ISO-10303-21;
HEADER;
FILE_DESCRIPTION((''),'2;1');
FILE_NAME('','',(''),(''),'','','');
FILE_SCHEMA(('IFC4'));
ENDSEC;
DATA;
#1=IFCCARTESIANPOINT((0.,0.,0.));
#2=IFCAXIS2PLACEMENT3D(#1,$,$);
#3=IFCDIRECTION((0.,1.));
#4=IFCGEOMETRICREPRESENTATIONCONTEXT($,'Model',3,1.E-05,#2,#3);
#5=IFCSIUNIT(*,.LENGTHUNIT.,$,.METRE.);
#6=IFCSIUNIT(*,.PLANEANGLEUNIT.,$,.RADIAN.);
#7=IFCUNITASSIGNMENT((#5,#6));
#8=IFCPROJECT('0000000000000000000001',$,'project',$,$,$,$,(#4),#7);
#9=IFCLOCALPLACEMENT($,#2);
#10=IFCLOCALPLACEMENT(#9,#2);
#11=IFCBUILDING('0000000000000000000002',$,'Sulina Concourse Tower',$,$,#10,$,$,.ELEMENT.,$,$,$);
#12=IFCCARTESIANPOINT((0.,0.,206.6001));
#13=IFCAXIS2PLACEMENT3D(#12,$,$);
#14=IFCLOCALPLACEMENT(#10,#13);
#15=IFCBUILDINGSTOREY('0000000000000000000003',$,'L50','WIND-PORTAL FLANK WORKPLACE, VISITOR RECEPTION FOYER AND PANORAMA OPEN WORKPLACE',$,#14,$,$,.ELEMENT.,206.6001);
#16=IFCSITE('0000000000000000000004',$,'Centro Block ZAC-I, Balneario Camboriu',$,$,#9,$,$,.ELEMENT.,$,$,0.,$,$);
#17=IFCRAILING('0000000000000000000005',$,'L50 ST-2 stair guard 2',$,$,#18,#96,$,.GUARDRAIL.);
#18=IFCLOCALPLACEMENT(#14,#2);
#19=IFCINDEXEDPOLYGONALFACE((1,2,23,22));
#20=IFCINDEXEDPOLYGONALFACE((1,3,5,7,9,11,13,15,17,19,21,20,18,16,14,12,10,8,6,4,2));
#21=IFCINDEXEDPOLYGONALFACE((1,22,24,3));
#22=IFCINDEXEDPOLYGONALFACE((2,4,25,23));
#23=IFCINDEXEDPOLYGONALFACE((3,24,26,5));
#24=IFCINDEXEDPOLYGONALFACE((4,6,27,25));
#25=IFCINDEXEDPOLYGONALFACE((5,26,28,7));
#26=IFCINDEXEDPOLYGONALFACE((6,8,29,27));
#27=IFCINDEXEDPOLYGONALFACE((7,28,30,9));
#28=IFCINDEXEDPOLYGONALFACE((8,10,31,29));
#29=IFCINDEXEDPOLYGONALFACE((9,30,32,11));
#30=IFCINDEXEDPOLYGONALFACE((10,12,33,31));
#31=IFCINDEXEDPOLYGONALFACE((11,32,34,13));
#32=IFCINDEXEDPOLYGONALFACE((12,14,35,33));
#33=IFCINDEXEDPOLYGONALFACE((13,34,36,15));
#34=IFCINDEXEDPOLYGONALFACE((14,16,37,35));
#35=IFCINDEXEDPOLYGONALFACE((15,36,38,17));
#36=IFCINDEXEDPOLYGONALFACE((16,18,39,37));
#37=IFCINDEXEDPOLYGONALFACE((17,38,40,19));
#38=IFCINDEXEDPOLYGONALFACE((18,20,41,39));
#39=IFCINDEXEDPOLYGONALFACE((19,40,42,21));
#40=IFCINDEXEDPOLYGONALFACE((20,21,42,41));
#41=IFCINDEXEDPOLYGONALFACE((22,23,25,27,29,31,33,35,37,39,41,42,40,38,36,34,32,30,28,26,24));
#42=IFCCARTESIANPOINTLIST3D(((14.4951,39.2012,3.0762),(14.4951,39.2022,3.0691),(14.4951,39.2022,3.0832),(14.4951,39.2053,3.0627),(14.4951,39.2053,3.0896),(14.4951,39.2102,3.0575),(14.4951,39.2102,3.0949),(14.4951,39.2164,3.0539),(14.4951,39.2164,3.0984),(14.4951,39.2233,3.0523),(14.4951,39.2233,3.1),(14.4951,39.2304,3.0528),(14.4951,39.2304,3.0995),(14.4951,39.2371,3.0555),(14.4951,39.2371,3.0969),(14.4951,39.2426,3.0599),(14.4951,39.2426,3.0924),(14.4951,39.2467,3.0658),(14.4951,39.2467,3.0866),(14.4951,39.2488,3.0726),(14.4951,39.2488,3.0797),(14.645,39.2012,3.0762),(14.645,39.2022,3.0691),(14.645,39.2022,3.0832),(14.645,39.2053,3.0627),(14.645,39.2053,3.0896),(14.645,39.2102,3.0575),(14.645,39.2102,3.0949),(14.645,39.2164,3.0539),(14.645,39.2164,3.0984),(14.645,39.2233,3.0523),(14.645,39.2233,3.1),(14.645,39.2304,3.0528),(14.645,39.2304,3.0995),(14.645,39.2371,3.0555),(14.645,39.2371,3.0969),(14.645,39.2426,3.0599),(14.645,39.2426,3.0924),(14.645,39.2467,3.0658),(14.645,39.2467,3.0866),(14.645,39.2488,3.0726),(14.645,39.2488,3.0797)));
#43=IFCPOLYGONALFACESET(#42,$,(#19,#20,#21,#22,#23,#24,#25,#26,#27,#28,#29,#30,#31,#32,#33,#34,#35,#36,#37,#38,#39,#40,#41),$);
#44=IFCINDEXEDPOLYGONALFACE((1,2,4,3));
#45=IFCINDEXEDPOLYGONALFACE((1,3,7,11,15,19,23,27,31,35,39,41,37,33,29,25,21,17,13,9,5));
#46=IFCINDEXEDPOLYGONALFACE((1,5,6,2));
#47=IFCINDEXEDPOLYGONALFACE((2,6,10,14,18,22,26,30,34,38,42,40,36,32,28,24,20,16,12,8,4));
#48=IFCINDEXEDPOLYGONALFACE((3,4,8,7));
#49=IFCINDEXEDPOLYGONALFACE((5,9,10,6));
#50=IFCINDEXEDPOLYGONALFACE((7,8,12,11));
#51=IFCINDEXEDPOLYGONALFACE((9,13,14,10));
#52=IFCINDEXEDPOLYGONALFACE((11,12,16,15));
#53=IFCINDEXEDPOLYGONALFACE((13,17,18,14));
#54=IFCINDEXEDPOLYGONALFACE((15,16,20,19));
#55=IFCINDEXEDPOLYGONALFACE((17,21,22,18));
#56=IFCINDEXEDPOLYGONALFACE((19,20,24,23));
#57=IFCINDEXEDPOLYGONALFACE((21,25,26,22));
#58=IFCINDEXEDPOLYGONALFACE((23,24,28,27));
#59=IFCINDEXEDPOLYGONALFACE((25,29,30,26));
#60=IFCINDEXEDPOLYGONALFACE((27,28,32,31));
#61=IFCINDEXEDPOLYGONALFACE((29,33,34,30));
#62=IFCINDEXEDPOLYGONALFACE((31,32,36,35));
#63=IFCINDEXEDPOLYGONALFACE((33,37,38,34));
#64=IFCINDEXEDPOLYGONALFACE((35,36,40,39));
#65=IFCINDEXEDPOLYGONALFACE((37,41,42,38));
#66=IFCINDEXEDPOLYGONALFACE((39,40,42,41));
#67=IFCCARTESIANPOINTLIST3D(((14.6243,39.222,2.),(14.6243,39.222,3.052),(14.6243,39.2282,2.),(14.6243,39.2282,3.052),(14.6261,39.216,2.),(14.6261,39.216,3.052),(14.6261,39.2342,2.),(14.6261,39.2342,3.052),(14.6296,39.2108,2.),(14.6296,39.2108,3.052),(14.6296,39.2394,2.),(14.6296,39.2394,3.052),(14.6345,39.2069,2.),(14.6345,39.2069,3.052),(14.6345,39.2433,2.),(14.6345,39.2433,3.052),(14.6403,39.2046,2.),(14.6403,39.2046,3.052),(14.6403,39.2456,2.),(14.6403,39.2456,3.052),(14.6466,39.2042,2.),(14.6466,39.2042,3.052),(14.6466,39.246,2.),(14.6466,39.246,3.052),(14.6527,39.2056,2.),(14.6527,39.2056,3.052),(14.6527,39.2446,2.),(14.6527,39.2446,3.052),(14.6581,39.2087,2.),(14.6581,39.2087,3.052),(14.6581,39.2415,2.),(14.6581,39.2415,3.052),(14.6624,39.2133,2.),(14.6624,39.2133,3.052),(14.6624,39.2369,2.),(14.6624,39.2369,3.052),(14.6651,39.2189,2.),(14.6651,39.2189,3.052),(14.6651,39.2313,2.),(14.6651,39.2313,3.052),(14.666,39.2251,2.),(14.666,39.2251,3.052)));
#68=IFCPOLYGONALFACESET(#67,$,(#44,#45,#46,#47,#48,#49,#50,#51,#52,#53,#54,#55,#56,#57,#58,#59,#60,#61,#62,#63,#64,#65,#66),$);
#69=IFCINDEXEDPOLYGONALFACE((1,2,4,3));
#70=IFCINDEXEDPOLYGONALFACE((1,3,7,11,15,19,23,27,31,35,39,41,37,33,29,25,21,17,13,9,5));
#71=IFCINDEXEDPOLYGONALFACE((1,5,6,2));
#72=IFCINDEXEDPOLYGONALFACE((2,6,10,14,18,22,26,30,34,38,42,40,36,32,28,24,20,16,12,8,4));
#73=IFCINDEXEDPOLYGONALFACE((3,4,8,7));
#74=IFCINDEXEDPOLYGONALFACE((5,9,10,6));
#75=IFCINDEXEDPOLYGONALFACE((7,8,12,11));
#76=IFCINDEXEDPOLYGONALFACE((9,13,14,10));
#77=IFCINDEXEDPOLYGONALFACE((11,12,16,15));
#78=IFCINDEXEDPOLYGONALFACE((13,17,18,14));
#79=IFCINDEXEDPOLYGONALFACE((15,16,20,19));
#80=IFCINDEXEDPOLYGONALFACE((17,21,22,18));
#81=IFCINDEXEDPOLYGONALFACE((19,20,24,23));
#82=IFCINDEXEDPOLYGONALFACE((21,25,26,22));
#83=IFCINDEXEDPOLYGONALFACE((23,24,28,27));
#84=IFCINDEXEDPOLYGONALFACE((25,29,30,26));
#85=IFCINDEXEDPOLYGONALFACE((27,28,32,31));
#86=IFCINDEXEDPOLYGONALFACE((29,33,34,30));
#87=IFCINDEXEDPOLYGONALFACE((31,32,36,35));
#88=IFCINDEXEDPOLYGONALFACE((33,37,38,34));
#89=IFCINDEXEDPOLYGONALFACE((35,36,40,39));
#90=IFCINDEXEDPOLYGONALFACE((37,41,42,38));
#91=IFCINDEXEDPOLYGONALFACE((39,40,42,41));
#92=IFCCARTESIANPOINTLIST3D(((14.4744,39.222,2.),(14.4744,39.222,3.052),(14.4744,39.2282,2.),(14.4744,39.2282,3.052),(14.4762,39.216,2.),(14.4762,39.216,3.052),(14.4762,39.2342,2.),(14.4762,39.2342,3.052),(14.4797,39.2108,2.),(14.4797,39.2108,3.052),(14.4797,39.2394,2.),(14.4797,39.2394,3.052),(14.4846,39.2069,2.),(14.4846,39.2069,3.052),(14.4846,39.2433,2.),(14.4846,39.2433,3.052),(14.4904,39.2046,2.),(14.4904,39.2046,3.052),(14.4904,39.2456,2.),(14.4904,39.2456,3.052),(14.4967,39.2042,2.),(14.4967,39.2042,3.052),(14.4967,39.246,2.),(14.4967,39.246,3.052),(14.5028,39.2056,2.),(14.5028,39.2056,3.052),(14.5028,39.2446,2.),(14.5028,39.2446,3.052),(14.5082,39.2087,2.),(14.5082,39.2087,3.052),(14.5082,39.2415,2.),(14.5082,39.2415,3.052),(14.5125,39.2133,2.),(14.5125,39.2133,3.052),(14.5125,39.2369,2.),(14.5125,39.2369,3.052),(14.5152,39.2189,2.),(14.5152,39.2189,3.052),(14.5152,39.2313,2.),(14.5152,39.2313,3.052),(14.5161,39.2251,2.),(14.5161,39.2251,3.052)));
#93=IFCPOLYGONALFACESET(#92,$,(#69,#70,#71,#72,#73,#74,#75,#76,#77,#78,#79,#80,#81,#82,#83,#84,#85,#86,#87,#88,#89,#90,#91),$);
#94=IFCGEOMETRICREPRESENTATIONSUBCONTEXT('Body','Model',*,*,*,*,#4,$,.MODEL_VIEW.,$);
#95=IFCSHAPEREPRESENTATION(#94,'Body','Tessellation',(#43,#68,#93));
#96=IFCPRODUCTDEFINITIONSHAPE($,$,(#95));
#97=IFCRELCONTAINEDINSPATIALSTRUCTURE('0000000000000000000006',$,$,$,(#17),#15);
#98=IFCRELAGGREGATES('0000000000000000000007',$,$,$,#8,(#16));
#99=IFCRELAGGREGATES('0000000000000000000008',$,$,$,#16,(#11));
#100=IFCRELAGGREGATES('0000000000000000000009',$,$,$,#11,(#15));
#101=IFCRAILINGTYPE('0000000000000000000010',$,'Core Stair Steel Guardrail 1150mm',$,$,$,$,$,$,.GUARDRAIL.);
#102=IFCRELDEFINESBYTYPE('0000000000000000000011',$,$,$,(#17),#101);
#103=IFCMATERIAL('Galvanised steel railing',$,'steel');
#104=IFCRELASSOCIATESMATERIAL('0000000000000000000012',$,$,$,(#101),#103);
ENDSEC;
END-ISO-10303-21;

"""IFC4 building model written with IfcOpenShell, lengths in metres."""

from ifc_helpers import new_model, si_unit, direction, frame, origin, origin_2d, place, context, subcontext, project, spatial, circle, extrude, material, type_object, element, save


model = new_model("IFC4")

# Units and contexts
model_context = context("Model", 3, precision=1e-05, world=origin(), true_north=direction((0.0, 1.0)))
body_context = subcontext(model_context, "Body", "Model", "MODEL_VIEW")
ifc_project = project(units=[si_unit("LENGTHUNIT", "METRE"), si_unit("PLANEANGLEUNIT", "RADIAN")], contexts=[model_context])

# Site, building, storey
site_placement = place(None, origin())
site = spatial("IfcSite", under=ifc_project, at=site_placement, Name="Centro Block ZAC-I, Balneario Camboriu", CompositionType="ELEMENT", RefElevation=0.0)
building_placement = place(site_placement, origin())
building = spatial("IfcBuilding", under=site, at=building_placement, Name="Sulina Concourse Tower", CompositionType="ELEMENT")
storey_placement = place(building_placement, frame((0.0, 0.0, 206.6001)))
storey = spatial("IfcBuildingStorey", under=building, at=storey_placement, Name="L50", Description="WIND-PORTAL FLANK WORKPLACE, VISITOR RECEPTION FOYER AND PANORAMA OPEN WORKPLACE", CompositionType="ELEMENT", Elevation=206.6001)

# Railing
ifc_material_1 = material(Name="Galvanised steel railing", Category="steel")
railing_type_1 = type_object("IfcRailingType", Name="Core Stair Steel Guardrail 1150mm", PredefinedType="GUARDRAIL", material=ifc_material_1)
railing_1_placement = place(storey_placement, frame((14.645, 39.2251, 2.0)))
element("IfcRailing", 1, at=railing_1_placement, inside=storey, type_object=railing_type_1, Name="L50 ST-2 stair guard 2", PredefinedType="GUARDRAIL", context=body_context, shape_type="SweptSolid", body=[
    extrude(circle(Radius=0.0239, at=origin_2d()), frame((0.0, 0.0, 1.0762), z_axis=(-1.0, 0.0, 0.0), x_axis=(0.0, -1.0, 0.0)), (0.0, 0.0, 1.0), 0.1499),
    extrude(circle(Radius=0.021, at=origin_2d()), origin(), (0.0, 0.0, 1.0), 1.052),
    extrude(circle(Radius=0.021, at=origin_2d()), frame((-0.1499, 0.0, 0.0)), (0.0, 0.0, 1.0), 1.052),
])

save(model, "model.ifc")
